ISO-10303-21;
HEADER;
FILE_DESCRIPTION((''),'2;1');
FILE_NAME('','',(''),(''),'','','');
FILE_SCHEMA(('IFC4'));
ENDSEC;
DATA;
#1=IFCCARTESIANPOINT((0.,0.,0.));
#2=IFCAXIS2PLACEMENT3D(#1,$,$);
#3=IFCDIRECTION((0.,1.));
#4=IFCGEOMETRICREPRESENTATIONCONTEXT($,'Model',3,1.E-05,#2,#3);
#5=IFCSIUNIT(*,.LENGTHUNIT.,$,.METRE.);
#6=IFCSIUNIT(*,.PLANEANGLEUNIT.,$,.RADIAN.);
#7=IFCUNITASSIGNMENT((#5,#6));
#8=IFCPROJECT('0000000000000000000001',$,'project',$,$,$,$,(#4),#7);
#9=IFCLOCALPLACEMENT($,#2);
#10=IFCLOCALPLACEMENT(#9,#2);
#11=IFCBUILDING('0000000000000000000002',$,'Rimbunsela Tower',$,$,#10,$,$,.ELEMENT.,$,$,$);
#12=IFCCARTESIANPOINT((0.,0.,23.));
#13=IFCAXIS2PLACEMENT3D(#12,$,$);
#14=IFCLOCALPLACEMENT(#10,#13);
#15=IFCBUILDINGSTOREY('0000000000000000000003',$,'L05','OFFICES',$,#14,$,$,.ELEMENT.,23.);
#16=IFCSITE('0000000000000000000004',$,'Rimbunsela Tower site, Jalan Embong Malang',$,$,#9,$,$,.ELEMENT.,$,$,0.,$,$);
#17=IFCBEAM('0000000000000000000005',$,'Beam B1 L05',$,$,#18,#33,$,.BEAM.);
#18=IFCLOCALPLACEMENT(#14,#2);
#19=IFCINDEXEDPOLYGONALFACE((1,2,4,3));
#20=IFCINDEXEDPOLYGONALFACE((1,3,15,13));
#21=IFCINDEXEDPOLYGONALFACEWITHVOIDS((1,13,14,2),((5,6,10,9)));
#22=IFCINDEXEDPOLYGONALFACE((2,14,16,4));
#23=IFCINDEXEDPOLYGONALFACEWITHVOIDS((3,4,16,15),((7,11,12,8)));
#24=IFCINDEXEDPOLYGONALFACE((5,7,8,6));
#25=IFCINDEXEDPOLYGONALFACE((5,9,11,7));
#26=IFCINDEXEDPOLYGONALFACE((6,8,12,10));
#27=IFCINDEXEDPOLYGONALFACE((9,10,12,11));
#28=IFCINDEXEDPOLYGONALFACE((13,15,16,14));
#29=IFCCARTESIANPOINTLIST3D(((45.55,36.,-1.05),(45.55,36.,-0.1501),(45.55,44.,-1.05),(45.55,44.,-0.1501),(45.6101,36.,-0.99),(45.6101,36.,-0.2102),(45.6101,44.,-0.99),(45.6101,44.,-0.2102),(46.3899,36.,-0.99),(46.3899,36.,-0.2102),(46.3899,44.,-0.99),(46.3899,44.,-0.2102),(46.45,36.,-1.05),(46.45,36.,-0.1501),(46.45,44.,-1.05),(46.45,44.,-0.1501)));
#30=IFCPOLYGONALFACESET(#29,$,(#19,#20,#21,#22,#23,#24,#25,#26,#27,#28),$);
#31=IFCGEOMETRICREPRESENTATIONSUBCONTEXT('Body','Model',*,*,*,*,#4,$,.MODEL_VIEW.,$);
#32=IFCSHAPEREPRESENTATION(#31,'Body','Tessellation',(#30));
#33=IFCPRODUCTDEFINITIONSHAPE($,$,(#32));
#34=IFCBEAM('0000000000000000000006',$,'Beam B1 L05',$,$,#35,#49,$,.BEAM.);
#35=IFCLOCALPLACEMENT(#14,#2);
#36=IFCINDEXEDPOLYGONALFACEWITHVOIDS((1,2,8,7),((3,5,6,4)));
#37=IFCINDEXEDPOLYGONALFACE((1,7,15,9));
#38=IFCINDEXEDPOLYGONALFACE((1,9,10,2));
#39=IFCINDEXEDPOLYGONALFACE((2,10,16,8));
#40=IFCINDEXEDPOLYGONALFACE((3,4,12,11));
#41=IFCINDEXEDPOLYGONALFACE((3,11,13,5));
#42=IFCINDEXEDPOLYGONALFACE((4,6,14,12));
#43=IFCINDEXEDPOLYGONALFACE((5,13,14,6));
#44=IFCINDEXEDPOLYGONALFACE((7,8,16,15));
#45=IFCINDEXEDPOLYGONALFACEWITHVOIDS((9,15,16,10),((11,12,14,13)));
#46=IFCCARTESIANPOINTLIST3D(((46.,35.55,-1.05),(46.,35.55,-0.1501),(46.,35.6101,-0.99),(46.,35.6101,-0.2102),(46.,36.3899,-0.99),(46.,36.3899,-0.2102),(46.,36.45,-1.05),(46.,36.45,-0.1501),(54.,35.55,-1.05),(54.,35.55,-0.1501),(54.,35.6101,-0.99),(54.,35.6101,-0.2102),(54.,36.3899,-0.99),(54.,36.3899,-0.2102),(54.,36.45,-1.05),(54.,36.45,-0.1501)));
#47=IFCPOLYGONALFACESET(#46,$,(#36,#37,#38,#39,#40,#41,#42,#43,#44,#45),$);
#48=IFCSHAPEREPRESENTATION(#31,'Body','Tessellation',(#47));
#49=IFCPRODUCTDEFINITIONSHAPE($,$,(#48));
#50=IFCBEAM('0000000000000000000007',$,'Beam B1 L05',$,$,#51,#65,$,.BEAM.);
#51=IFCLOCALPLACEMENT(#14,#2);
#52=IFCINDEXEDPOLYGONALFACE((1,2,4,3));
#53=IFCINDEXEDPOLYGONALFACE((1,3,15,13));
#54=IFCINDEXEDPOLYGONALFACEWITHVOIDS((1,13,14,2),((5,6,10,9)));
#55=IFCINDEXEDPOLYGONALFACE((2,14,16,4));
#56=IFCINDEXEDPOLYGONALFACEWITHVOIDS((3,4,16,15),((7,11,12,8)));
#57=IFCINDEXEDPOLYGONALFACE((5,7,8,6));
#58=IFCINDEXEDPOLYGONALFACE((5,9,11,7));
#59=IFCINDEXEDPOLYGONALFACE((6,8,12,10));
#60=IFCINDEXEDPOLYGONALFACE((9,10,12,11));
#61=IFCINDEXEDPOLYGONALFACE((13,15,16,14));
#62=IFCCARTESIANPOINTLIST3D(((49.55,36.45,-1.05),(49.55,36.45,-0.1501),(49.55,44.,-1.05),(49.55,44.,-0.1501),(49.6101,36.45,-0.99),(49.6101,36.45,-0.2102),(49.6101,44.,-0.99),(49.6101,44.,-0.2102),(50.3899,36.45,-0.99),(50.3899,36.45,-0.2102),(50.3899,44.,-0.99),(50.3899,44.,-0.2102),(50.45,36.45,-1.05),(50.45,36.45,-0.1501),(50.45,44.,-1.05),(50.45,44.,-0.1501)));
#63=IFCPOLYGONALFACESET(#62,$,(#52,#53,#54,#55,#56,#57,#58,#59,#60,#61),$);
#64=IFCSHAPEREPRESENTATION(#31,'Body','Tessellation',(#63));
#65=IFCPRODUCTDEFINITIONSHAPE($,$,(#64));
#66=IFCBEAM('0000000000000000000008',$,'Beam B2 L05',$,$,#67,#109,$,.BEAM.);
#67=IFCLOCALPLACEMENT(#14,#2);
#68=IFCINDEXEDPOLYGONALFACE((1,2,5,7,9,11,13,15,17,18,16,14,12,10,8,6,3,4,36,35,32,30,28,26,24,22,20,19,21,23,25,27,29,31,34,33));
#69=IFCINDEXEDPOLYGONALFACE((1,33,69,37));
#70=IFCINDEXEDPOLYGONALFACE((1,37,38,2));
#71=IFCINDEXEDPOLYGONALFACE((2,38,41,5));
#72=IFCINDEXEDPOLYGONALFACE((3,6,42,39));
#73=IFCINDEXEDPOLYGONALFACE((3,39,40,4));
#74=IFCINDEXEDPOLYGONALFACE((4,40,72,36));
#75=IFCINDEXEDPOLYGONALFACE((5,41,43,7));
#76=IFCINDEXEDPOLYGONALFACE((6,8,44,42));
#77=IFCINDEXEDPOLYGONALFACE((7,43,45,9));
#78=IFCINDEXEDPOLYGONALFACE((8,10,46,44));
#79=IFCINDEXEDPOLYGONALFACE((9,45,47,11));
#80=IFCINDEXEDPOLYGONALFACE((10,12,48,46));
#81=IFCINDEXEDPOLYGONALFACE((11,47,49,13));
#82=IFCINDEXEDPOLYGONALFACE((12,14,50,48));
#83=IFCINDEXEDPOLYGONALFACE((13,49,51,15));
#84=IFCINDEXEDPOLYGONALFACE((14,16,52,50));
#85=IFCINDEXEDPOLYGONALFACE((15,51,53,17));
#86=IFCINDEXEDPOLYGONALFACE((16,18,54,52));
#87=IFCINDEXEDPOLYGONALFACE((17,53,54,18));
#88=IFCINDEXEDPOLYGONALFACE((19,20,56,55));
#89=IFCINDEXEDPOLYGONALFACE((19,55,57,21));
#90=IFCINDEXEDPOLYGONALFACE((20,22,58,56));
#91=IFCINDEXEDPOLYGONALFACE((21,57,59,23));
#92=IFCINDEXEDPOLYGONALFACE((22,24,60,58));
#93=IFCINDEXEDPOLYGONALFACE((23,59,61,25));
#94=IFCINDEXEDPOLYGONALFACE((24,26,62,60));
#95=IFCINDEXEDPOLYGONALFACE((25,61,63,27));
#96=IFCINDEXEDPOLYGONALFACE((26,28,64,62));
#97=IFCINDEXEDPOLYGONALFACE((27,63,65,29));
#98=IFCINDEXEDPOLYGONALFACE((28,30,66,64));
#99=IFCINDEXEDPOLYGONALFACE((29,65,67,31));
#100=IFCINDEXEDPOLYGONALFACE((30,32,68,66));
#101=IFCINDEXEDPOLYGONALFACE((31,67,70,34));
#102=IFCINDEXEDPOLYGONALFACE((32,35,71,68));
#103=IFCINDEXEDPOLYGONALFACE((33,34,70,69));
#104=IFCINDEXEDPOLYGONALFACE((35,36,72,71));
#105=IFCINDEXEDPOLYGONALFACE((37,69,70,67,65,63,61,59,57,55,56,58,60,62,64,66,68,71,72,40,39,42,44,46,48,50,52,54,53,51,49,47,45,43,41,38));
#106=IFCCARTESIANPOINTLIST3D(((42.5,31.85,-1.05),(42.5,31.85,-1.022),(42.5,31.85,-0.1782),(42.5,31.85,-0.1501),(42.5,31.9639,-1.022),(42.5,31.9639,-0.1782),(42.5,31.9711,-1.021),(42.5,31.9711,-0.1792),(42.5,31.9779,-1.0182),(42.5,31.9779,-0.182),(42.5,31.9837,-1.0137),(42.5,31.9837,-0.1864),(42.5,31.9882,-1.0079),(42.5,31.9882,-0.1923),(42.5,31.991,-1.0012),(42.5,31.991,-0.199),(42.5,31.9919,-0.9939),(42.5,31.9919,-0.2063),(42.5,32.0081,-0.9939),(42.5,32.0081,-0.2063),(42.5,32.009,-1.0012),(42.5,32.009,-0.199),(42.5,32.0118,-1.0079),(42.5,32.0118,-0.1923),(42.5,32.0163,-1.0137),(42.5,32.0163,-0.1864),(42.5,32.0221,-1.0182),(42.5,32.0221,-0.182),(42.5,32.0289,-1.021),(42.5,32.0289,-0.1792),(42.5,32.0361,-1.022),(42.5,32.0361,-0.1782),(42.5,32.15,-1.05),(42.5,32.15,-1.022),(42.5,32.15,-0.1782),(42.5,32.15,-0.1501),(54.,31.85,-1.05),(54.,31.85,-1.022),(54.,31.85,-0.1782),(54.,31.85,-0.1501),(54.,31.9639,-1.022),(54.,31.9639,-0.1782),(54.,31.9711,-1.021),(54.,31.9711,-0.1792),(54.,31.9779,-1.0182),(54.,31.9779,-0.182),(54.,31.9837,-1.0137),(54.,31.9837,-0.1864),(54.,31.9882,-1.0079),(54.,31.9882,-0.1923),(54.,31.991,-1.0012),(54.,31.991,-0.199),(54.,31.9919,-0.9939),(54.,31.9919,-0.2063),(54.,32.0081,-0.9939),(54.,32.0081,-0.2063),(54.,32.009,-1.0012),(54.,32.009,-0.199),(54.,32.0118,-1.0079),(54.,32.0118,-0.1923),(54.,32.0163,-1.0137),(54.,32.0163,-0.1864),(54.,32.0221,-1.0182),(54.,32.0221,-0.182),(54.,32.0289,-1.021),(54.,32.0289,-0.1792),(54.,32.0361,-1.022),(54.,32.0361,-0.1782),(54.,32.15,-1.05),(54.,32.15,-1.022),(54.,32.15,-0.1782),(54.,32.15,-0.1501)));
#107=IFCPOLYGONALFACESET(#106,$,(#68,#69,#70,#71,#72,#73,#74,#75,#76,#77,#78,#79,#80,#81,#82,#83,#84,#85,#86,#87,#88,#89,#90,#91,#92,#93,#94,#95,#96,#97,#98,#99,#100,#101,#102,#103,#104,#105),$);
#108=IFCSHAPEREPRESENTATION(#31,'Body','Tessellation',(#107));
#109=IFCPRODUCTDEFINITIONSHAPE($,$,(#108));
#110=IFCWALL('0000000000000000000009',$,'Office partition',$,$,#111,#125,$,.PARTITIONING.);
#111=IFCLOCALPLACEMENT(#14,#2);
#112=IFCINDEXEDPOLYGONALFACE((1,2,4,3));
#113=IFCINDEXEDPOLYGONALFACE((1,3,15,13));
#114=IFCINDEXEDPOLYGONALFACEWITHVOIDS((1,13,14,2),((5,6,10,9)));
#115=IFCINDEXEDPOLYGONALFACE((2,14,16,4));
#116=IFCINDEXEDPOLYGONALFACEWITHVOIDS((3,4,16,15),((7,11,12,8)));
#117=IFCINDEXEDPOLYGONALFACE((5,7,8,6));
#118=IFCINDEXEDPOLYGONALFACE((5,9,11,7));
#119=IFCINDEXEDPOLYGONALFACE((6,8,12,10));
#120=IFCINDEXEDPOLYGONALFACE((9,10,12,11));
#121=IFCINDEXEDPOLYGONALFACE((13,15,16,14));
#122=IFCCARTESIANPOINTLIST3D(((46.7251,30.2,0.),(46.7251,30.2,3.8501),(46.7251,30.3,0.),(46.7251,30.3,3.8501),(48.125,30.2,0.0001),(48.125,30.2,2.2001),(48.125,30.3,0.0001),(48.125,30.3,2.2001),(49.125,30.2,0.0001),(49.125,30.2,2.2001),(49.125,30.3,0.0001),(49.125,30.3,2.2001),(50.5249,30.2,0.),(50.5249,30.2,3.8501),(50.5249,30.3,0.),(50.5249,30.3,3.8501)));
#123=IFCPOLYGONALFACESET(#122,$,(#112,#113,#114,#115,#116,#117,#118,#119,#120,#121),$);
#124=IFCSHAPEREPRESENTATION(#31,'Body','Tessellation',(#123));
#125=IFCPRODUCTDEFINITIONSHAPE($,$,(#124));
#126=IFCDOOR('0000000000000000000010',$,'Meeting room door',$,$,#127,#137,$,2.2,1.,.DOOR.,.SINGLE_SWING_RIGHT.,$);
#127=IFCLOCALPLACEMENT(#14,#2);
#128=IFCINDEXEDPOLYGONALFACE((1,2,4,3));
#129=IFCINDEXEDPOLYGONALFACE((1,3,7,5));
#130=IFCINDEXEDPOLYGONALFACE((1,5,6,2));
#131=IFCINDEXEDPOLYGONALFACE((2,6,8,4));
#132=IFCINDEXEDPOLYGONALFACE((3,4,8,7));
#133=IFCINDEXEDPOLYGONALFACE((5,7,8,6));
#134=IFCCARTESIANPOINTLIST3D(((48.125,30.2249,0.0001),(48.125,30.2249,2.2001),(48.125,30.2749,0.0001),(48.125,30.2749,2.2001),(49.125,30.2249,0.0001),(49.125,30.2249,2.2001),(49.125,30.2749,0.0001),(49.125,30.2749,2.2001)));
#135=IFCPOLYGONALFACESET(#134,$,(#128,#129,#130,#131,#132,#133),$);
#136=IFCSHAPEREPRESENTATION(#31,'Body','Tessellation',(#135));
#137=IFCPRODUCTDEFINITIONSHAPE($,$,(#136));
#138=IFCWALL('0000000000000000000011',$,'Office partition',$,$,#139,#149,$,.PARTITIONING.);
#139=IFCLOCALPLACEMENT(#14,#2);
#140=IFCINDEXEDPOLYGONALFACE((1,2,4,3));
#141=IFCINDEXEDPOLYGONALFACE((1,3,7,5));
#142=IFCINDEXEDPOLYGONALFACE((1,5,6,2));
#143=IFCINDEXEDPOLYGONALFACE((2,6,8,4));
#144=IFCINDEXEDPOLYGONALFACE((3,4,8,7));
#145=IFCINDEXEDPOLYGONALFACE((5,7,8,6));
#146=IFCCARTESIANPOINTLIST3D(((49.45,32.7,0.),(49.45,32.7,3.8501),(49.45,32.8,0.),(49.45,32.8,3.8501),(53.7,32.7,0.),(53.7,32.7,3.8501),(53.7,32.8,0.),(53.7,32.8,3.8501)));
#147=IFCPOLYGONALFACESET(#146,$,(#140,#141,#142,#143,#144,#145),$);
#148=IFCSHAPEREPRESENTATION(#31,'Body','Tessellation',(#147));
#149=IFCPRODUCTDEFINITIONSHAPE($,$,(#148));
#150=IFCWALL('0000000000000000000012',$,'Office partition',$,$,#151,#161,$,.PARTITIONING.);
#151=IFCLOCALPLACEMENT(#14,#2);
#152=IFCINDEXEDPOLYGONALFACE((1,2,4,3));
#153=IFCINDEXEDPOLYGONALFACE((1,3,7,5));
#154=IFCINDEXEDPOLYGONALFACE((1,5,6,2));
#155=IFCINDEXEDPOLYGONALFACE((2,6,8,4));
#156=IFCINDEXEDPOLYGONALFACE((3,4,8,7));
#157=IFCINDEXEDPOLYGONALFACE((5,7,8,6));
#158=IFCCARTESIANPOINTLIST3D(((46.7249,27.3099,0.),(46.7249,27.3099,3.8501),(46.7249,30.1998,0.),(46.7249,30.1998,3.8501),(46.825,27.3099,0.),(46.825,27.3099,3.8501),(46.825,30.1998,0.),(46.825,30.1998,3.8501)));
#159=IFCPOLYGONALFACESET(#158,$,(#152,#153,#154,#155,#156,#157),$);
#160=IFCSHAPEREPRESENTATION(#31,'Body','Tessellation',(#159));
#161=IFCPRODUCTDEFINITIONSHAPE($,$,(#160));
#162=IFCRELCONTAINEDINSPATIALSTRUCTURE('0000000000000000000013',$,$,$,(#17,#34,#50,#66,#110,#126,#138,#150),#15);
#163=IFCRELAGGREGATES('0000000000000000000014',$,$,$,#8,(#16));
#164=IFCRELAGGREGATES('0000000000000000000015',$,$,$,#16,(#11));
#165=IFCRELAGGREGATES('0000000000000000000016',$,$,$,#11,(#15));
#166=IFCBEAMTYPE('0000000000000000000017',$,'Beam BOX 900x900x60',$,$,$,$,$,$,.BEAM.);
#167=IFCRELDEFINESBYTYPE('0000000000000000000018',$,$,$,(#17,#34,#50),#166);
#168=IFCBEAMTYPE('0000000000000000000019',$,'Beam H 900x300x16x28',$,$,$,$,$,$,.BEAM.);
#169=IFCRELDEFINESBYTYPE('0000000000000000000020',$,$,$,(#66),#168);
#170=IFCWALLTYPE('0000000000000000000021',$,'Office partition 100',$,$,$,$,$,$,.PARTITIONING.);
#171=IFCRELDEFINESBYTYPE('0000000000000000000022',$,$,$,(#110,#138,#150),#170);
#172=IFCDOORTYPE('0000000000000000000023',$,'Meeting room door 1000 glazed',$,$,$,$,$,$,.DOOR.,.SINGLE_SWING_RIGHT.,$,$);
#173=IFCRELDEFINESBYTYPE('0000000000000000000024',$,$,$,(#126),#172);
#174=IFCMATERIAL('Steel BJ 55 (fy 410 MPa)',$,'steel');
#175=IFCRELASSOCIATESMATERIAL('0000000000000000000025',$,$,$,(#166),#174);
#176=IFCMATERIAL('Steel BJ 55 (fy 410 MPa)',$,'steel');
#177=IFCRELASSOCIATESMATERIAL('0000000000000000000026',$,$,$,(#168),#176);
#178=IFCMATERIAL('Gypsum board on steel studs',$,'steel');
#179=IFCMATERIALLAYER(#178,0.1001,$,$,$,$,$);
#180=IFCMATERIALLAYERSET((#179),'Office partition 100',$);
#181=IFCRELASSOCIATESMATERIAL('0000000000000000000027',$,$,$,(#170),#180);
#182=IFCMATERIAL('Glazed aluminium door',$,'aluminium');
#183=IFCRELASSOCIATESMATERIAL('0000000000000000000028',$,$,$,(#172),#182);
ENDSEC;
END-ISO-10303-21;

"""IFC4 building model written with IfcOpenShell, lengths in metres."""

from ifc_helpers import new_model, si_unit, direction, frame, frame_2d, origin, origin_2d, place, context, subcontext, project, spatial, rectangle, hollow_rectangle, i_section, extrude, material, layer, layer_set, material_profile, profile_set, type_object, element, fill, save


model = new_model("IFC4")

# Units and contexts
model_context = context("Model", 3, precision=1e-05, world=origin(), true_north=direction((0.0, 1.0)))
body_context = subcontext(model_context, "Body", "Model", "MODEL_VIEW")
ifc_project = project(units=[si_unit("LENGTHUNIT", "METRE"), si_unit("PLANEANGLEUNIT", "RADIAN")], contexts=[model_context])

# Site, building, storey
site_placement = place(None, origin())
site = spatial("IfcSite", under=ifc_project, at=site_placement, Name="Rimbunsela Tower site, Jalan Embong Malang", CompositionType="ELEMENT", RefElevation=0.0)
building_placement = place(site_placement, origin())
building = spatial("IfcBuilding", under=site, at=building_placement, Name="Rimbunsela Tower", CompositionType="ELEMENT")
storey_placement = place(building_placement, frame((0.0, 0.0, 23.0)))
storey = spatial("IfcBuildingStorey", under=building, at=storey_placement, Name="L05", Description="OFFICES", CompositionType="ELEMENT", Elevation=23.0)

# Beams
ifc_material_1 = material(Name="Steel BJ 55 (fy 410 MPa)", Category="steel")
ifc_material_profile_1 = material_profile(ifc_material_1, hollow_rectangle(XDim=0.8999, YDim=0.8999, WallThickness=0.0601, at=origin_2d()), Name="BOX 900x900x60")
ifc_profile_set_1 = profile_set([ifc_material_profile_1], Name="Steel BJ 55 (fy 410 MPa)")
beam_type_1 = type_object("IfcBeamType", Name="Beam BOX 900x900x60", PredefinedType="BEAM", material=ifc_profile_set_1)
for number, where, z_axis, x_axis, name in (
    (1, (46.0, 36.0, -0.6001), (0.0, 1.0, 0.0), (-1.0, 0.0, 0.0), "Beam B1 L05"),
    (2, (46.0, 36.0, -0.6001), (1.0, 0.0, 0.0), (0.0, 1.0, 0.0), "Beam B1 L05"),
):
    element("IfcBeam", number, at=place(storey_placement, frame(where, z_axis=z_axis, x_axis=x_axis)), inside=storey, type_object=beam_type_1, Name=name, PredefinedType="BEAM", context=body_context, shape_type="SweptSolid", body=[
        extrude(hollow_rectangle(XDim=0.8999, YDim=0.8999, WallThickness=0.0601, at=origin_2d()), origin(), (0.0, 0.0, 1.0), 8.0),
    ])
beam_1_placement = place(storey_placement, frame((50.0, 36.45, -0.6001), z_axis=(0.0, 1.0, 0.0), x_axis=(-1.0, 0.0, 0.0)))
element("IfcBeam", 3, at=beam_1_placement, inside=storey, type_object=beam_type_1, Name="Beam B1 L05", PredefinedType="BEAM", context=body_context, shape_type="SweptSolid", body=[
    extrude(hollow_rectangle(XDim=0.8999, YDim=0.8999, WallThickness=0.0601, at=origin_2d()), origin(), (0.0, 0.0, 1.0), 7.55),
])
ifc_material_2 = material(Name="Steel BJ 55 (fy 410 MPa)", Category="steel")
ifc_material_profile_2 = material_profile(ifc_material_2, i_section(OverallWidth=0.3, OverallDepth=0.8999, WebThickness=0.0161, FlangeThickness=0.0281, FilletRadius=0.0281, at=origin_2d()), Name="H 900x300x16x28")
ifc_profile_set_2 = profile_set([ifc_material_profile_2], Name="Steel BJ 55 (fy 410 MPa)")
beam_type_2 = type_object("IfcBeamType", Name="Beam H 900x300x16x28", PredefinedType="BEAM", material=ifc_profile_set_2)
beam_2_placement = place(storey_placement, frame((42.5, 32.0, -0.6001), z_axis=(1.0, 0.0, 0.0), x_axis=(0.0, 1.0, 0.0)))
element("IfcBeam", 4, at=beam_2_placement, inside=storey, type_object=beam_type_2, Name="Beam B2 L05", PredefinedType="BEAM", context=body_context, shape_type="SweptSolid", body=[
    extrude(i_section(OverallWidth=0.3, OverallDepth=0.8999, WebThickness=0.0161, FlangeThickness=0.0281, FilletRadius=0.0281, at=origin_2d()), origin(), (0.0, 0.0, 1.0), 11.5),
])

# Wall, opening, door
ifc_material_3 = material(Name="Gypsum board on steel studs", Category="steel")
ifc_layer_1 = layer(ifc_material_3, 0.1001)
ifc_layer_set_1 = layer_set([ifc_layer_1], Name="Office partition 100")
wall_type_1 = type_object("IfcWallType", Name="Office partition 100", PredefinedType="PARTITIONING", material=ifc_layer_set_1)
wall_1_placement = place(storey_placement, frame((46.7251, 30.25, 0.0), z_axis=(0.0, 0.0, 1.0), x_axis=(1.0, 0.0, 0.0)))
wall_1 = element("IfcWall", 5, at=wall_1_placement, inside=storey, type_object=wall_type_1, Name="Office partition", PredefinedType="PARTITIONING", context=body_context, shape_type="SweptSolid", body=[
    extrude(rectangle(XDim=3.7998, YDim=0.1001, at=frame_2d((1.8999, 0.0))), origin(), (0.0, 0.0, 1.0), 3.8501),
])
opening_1_placement = place(wall_1_placement, frame((1.3999, 0.0, 0.0)))
opening_1 = element("IfcOpeningElement", 6, at=opening_1_placement, cuts=wall_1, PredefinedType="OPENING", context=body_context, shape_type="SweptSolid", body=[
    extrude(rectangle(XDim=1.0, YDim=2.2, at=frame_2d((0.5, 1.1001))), frame((0.0, 0.0601, 0.0), z_axis=(0.0, -1.0, 0.0), x_axis=(1.0, 0.0, 0.0)), (0.0, 0.0, 1.0), 0.1201),
])
ifc_material_4 = material(Name="Glazed aluminium door", Category="aluminium")
door_type_1 = type_object("IfcDoorType", Name="Meeting room door 1000 glazed", OperationType="SINGLE_SWING_RIGHT", PredefinedType="DOOR", material=ifc_material_4)
door_1_placement = place(opening_1_placement, origin())
door_1 = element("IfcDoor", 7, at=door_1_placement, inside=storey, type_object=door_type_1, Name="Meeting room door", OperationType="SINGLE_SWING_RIGHT", OverallHeight=2.2, OverallWidth=1.0, PredefinedType="DOOR", context=body_context, shape_type="SweptSolid", body=[
    extrude(rectangle(XDim=1.0, YDim=2.2, at=frame_2d((0.5, 1.1001))), frame((0.0, 0.0249, 0.0), z_axis=(0.0, -1.0, 0.0), x_axis=(1.0, 0.0, 0.0)), (0.0, 0.0, 1.0), 0.05),
])
fill(opening_1, door_1)

# Walls
wall_2_placement = place(storey_placement, frame((49.45, 32.75, 0.0), z_axis=(0.0, 0.0, 1.0), x_axis=(1.0, 0.0, 0.0)))
element("IfcWall", 8, at=wall_2_placement, inside=storey, type_object=wall_type_1, Name="Office partition", PredefinedType="PARTITIONING", context=body_context, shape_type="SweptSolid", body=[
    extrude(rectangle(XDim=4.25, YDim=0.1001, at=frame_2d((2.125, 0.0))), origin(), (0.0, 0.0, 1.0), 3.8501),
])
wall_3_placement = place(storey_placement, frame((46.7749, 27.3101, 0.0), z_axis=(0.0, 0.0, 1.0), x_axis=(0.0, 1.0, 0.0)))
element("IfcWall", 9, at=wall_3_placement, inside=storey, type_object=wall_type_1, Name="Office partition", PredefinedType="PARTITIONING", context=body_context, shape_type="SweptSolid", body=[
    extrude(rectangle(XDim=2.8899, YDim=0.1001, at=frame_2d((1.4448, 0.0))), origin(), (0.0, 0.0, 1.0), 3.8501),
])

save(model, "model.ifc")
